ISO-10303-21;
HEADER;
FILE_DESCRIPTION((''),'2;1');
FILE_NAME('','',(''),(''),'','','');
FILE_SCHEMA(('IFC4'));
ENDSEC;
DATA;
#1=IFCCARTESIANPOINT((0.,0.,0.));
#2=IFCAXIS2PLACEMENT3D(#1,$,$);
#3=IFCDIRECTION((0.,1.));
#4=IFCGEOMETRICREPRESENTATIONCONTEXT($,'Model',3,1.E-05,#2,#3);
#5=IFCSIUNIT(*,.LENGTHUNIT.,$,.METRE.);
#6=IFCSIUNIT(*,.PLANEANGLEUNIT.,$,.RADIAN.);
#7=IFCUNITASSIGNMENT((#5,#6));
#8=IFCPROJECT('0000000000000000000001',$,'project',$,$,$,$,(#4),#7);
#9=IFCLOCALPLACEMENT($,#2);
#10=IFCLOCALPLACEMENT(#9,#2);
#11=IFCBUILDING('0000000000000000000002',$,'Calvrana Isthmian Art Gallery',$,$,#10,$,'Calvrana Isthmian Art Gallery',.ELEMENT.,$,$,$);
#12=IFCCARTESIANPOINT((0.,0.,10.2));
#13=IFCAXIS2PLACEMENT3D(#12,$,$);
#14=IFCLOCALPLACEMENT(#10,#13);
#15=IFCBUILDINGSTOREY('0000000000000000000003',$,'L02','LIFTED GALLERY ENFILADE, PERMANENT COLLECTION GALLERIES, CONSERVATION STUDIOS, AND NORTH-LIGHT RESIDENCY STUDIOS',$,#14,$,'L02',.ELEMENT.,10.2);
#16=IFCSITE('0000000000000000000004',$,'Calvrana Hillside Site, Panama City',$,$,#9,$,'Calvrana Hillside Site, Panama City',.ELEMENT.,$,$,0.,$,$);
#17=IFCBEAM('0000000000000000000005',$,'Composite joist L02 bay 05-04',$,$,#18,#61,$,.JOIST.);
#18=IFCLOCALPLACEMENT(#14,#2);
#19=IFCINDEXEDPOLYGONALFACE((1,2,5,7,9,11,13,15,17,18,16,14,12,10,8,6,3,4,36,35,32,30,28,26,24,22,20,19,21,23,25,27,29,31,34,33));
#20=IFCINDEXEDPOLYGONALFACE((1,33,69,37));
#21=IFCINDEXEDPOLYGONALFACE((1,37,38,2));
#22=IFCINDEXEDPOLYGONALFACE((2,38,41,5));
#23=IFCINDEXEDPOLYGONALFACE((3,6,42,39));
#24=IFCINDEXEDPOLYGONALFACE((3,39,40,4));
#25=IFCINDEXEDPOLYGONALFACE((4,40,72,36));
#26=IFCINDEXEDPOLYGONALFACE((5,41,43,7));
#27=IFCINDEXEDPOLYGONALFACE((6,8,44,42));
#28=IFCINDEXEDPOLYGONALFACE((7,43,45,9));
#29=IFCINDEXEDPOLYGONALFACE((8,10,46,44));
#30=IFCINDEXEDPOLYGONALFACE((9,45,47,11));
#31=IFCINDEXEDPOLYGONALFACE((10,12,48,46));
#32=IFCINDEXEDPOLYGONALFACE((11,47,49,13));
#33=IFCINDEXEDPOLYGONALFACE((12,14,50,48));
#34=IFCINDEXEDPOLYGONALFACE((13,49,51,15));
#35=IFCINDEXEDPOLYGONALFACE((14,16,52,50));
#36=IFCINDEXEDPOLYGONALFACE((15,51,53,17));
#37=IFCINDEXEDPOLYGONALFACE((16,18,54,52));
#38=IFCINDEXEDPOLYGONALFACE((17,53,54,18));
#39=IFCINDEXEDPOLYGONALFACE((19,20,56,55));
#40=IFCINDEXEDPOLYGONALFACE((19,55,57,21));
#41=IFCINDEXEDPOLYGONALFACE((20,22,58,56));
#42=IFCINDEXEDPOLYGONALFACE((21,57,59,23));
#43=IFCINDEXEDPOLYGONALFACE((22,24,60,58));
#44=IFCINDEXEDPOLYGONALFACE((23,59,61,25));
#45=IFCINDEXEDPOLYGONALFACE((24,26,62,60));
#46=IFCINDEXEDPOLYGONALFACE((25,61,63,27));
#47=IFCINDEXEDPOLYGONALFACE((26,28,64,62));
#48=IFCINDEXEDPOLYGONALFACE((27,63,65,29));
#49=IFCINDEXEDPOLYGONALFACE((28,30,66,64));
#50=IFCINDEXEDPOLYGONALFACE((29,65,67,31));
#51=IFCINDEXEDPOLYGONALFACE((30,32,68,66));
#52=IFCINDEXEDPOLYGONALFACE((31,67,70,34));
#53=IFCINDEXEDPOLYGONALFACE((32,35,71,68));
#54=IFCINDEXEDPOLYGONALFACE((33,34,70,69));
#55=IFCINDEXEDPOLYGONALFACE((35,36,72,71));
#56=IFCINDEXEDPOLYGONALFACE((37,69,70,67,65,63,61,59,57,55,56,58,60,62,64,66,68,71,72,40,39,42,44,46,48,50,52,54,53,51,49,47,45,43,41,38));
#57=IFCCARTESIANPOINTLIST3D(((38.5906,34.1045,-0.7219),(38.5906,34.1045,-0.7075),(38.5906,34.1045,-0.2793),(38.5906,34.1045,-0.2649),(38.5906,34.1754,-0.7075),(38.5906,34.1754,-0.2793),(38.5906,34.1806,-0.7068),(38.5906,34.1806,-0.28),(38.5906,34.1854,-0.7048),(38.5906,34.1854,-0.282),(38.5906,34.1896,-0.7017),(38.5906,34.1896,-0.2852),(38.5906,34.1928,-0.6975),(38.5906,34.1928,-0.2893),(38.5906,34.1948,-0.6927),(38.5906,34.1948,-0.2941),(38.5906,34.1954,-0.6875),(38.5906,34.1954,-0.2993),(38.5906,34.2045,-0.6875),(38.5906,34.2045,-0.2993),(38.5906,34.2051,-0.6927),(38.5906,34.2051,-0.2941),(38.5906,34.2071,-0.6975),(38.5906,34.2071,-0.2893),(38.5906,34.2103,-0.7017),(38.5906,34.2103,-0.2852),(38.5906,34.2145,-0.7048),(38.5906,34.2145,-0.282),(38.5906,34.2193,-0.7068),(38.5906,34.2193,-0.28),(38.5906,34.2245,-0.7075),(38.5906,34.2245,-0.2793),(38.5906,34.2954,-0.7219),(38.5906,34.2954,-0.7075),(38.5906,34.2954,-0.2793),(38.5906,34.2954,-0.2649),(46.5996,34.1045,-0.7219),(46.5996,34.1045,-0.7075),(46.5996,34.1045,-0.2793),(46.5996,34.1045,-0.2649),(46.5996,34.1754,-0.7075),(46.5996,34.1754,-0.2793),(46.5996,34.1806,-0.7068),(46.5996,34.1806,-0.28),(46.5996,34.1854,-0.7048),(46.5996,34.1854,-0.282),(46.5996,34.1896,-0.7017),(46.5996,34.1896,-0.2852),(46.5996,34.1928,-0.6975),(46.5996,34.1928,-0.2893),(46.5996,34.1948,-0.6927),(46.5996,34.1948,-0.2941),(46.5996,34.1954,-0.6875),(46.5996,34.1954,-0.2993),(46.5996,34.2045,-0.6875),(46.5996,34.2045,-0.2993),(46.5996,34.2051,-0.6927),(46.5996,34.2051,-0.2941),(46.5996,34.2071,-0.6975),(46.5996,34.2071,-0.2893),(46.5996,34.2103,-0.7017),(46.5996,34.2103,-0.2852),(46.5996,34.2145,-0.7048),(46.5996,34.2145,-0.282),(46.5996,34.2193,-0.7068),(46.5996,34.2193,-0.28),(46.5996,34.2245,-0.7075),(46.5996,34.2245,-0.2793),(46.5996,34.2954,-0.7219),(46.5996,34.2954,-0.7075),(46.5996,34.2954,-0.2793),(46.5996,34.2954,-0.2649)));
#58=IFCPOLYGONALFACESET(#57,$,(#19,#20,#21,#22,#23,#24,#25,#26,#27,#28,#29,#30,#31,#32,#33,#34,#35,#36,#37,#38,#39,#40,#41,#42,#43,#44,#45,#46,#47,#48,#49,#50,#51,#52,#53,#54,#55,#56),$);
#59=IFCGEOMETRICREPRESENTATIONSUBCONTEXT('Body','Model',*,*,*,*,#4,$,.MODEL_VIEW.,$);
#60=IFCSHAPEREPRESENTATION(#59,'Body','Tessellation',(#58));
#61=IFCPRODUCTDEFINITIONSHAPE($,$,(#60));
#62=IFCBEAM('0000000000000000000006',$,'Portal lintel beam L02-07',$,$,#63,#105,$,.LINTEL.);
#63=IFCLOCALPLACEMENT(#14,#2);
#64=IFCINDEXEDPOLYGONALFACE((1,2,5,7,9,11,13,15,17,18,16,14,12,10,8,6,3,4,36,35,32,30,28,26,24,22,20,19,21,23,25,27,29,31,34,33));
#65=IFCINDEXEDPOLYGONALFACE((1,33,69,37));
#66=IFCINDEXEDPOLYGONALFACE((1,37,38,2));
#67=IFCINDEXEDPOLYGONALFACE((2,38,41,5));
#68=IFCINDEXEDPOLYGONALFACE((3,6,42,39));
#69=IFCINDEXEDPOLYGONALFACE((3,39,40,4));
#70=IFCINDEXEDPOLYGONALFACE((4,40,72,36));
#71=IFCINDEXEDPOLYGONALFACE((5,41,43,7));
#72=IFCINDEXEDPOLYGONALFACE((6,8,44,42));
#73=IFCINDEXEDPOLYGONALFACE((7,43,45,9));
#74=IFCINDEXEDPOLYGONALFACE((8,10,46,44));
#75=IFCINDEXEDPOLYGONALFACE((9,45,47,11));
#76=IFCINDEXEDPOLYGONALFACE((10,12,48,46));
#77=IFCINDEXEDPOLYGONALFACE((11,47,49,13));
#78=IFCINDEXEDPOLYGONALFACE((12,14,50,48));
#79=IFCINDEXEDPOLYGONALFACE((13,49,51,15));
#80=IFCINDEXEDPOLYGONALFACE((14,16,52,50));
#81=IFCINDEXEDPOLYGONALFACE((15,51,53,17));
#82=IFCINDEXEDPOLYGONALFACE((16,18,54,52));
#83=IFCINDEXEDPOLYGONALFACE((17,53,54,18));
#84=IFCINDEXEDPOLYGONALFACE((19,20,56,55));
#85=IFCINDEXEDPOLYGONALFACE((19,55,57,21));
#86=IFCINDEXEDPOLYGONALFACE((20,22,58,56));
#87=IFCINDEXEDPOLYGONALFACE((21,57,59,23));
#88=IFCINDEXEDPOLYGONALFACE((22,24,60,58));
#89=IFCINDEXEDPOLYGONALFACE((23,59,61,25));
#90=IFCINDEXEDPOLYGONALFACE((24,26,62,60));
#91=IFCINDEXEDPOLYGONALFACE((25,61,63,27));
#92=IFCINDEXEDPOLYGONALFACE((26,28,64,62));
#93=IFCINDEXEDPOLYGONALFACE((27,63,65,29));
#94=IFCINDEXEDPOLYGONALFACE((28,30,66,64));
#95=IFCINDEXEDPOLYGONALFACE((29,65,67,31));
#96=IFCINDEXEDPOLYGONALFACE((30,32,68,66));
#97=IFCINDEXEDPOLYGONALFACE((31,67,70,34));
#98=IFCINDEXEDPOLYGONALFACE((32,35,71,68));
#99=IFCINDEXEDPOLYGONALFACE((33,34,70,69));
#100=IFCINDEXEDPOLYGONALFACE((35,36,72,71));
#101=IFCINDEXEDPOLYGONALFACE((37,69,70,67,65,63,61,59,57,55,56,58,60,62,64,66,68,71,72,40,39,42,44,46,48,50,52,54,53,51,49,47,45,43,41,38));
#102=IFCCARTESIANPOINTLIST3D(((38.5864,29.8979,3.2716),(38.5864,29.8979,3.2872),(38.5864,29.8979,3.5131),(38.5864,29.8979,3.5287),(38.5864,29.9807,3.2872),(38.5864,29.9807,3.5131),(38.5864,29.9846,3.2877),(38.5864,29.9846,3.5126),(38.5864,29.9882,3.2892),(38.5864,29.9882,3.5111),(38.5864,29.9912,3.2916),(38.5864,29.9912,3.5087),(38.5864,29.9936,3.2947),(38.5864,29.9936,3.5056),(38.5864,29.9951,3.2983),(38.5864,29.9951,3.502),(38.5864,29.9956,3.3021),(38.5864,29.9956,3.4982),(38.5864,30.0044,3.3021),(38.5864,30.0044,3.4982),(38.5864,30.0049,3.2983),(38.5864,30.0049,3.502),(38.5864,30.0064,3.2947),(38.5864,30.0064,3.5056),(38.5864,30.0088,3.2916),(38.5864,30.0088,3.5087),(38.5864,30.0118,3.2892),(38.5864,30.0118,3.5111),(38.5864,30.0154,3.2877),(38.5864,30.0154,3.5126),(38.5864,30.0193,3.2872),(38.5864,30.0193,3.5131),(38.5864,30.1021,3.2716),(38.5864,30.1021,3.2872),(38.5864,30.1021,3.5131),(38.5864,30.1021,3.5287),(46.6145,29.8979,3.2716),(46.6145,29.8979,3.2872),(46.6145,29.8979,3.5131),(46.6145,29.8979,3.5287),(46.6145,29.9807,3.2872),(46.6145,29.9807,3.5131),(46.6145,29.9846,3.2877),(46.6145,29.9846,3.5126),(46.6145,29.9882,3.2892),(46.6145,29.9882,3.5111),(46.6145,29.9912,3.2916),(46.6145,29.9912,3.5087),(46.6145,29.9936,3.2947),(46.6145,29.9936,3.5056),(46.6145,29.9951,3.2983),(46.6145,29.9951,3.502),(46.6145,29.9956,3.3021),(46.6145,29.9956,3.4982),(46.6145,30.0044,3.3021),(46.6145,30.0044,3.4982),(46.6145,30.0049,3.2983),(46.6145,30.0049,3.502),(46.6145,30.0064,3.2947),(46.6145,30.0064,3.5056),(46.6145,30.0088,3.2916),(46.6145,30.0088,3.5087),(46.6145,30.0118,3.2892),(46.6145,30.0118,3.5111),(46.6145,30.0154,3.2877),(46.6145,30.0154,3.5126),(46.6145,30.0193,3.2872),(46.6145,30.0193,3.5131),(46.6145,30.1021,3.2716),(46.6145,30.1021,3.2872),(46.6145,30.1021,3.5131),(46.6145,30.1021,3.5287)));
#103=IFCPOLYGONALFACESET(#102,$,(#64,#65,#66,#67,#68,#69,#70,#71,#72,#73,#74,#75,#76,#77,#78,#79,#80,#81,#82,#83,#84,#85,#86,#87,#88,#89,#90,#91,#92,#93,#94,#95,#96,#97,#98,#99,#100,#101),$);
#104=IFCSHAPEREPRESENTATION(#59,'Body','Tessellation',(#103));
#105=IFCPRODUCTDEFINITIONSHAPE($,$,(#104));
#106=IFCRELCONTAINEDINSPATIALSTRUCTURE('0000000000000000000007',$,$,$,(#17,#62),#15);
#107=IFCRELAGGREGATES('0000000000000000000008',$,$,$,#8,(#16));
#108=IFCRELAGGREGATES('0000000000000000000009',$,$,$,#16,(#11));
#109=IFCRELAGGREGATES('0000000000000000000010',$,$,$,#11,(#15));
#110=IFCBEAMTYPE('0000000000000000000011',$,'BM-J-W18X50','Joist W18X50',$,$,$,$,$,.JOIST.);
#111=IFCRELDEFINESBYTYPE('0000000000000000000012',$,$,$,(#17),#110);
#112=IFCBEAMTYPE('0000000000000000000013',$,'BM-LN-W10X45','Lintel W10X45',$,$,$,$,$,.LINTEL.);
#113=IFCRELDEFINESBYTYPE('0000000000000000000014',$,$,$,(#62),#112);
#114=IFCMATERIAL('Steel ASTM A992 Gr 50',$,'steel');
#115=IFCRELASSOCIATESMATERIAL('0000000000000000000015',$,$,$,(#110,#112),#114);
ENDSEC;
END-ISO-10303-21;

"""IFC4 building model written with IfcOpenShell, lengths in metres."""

from ifc_helpers import new_model, si_unit, direction, frame, origin, origin_2d, place, context, subcontext, project, spatial, i_section, extrude, material, material_profile, profile_set, type_object, element, save


model = new_model("IFC4")

# Units and contexts
model_context = context("Model", 3, precision=1e-05, world=origin(), true_north=direction((0.0, 1.0)))
body_context = subcontext(model_context, "Body", "Model", "MODEL_VIEW")
ifc_project = project(units=[si_unit("LENGTHUNIT", "METRE"), si_unit("PLANEANGLEUNIT", "RADIAN")], contexts=[model_context])

# Site, building, storey
site_placement = place(None, origin())
site = spatial("IfcSite", under=ifc_project, at=site_placement, Name="Calvrana Hillside Site, Panama City", LongName="Calvrana Hillside Site, Panama City", CompositionType="ELEMENT", RefElevation=0.0)
building_placement = place(site_placement, origin())
building = spatial("IfcBuilding", under=site, at=building_placement, Name="Calvrana Isthmian Art Gallery", LongName="Calvrana Isthmian Art Gallery", CompositionType="ELEMENT")
storey_placement = place(building_placement, frame((0.0, 0.0, 10.2)))
storey = spatial("IfcBuildingStorey", under=building, at=storey_placement, Name="L02", Description="LIFTED GALLERY ENFILADE, PERMANENT COLLECTION GALLERIES, CONSERVATION STUDIOS, AND NORTH-LIGHT RESIDENCY STUDIOS", LongName="L02", CompositionType="ELEMENT", Elevation=10.2)

# Shared definitions
ifc_material_1 = material(Name="Steel ASTM A992 Gr 50", Category="steel")

# Beams
ifc_material_profile_1 = material_profile(ifc_material_1, i_section(OverallWidth=0.1909, OverallDepth=0.457, WebThickness=0.009, FlangeThickness=0.0144, FilletRadius=0.02, at=origin_2d()), Name="W18X50")
ifc_profile_set_1 = profile_set([ifc_material_profile_1], Name="Steel ASTM A992 Gr 50")
beam_type_1 = type_object("IfcBeamType", Name="BM-J-W18X50", Description="Joist W18X50", PredefinedType="JOIST", material=ifc_profile_set_1)
beam_1_placement = place(storey_placement, frame((38.5906, 34.2, -0.4934), z_axis=(1.0, 0.0, 0.0), x_axis=(0.0, 1.0, 0.0)))
element("IfcBeam", 1, at=beam_1_placement, inside=storey, type_object=beam_type_1, Name="Composite joist L02 bay 05-04", PredefinedType="JOIST", context=body_context, shape_type="SweptSolid", body=[
    extrude(i_section(OverallWidth=0.1909, OverallDepth=0.457, WebThickness=0.009, FlangeThickness=0.0144, FilletRadius=0.02, at=origin_2d()), origin(), (0.0, 0.0, 1.0), 8.009),
])
ifc_material_profile_2 = material_profile(ifc_material_1, i_section(OverallWidth=0.2041, OverallDepth=0.2571, WebThickness=0.0088, FlangeThickness=0.0156, FilletRadius=0.0149, at=origin_2d()), Name="W10X45")
ifc_profile_set_2 = profile_set([ifc_material_profile_2], Name="Steel ASTM A992 Gr 50")
beam_type_2 = type_object("IfcBeamType", Name="BM-LN-W10X45", Description="Lintel W10X45", PredefinedType="LINTEL", material=ifc_profile_set_2)
beam_2_placement = place(storey_placement, frame((38.5864, 30.0, 3.4001), z_axis=(1.0, 0.0, 0.0), x_axis=(0.0, 1.0, 0.0)))
element("IfcBeam", 2, at=beam_2_placement, inside=storey, type_object=beam_type_2, Name="Portal lintel beam L02-07", PredefinedType="LINTEL", context=body_context, shape_type="SweptSolid", body=[
    extrude(i_section(OverallWidth=0.2041, OverallDepth=0.2571, WebThickness=0.0088, FlangeThickness=0.0156, FilletRadius=0.0149, at=origin_2d()), origin(), (0.0, 0.0, 1.0), 8.0281),
])

save(model, "model.ifc")
